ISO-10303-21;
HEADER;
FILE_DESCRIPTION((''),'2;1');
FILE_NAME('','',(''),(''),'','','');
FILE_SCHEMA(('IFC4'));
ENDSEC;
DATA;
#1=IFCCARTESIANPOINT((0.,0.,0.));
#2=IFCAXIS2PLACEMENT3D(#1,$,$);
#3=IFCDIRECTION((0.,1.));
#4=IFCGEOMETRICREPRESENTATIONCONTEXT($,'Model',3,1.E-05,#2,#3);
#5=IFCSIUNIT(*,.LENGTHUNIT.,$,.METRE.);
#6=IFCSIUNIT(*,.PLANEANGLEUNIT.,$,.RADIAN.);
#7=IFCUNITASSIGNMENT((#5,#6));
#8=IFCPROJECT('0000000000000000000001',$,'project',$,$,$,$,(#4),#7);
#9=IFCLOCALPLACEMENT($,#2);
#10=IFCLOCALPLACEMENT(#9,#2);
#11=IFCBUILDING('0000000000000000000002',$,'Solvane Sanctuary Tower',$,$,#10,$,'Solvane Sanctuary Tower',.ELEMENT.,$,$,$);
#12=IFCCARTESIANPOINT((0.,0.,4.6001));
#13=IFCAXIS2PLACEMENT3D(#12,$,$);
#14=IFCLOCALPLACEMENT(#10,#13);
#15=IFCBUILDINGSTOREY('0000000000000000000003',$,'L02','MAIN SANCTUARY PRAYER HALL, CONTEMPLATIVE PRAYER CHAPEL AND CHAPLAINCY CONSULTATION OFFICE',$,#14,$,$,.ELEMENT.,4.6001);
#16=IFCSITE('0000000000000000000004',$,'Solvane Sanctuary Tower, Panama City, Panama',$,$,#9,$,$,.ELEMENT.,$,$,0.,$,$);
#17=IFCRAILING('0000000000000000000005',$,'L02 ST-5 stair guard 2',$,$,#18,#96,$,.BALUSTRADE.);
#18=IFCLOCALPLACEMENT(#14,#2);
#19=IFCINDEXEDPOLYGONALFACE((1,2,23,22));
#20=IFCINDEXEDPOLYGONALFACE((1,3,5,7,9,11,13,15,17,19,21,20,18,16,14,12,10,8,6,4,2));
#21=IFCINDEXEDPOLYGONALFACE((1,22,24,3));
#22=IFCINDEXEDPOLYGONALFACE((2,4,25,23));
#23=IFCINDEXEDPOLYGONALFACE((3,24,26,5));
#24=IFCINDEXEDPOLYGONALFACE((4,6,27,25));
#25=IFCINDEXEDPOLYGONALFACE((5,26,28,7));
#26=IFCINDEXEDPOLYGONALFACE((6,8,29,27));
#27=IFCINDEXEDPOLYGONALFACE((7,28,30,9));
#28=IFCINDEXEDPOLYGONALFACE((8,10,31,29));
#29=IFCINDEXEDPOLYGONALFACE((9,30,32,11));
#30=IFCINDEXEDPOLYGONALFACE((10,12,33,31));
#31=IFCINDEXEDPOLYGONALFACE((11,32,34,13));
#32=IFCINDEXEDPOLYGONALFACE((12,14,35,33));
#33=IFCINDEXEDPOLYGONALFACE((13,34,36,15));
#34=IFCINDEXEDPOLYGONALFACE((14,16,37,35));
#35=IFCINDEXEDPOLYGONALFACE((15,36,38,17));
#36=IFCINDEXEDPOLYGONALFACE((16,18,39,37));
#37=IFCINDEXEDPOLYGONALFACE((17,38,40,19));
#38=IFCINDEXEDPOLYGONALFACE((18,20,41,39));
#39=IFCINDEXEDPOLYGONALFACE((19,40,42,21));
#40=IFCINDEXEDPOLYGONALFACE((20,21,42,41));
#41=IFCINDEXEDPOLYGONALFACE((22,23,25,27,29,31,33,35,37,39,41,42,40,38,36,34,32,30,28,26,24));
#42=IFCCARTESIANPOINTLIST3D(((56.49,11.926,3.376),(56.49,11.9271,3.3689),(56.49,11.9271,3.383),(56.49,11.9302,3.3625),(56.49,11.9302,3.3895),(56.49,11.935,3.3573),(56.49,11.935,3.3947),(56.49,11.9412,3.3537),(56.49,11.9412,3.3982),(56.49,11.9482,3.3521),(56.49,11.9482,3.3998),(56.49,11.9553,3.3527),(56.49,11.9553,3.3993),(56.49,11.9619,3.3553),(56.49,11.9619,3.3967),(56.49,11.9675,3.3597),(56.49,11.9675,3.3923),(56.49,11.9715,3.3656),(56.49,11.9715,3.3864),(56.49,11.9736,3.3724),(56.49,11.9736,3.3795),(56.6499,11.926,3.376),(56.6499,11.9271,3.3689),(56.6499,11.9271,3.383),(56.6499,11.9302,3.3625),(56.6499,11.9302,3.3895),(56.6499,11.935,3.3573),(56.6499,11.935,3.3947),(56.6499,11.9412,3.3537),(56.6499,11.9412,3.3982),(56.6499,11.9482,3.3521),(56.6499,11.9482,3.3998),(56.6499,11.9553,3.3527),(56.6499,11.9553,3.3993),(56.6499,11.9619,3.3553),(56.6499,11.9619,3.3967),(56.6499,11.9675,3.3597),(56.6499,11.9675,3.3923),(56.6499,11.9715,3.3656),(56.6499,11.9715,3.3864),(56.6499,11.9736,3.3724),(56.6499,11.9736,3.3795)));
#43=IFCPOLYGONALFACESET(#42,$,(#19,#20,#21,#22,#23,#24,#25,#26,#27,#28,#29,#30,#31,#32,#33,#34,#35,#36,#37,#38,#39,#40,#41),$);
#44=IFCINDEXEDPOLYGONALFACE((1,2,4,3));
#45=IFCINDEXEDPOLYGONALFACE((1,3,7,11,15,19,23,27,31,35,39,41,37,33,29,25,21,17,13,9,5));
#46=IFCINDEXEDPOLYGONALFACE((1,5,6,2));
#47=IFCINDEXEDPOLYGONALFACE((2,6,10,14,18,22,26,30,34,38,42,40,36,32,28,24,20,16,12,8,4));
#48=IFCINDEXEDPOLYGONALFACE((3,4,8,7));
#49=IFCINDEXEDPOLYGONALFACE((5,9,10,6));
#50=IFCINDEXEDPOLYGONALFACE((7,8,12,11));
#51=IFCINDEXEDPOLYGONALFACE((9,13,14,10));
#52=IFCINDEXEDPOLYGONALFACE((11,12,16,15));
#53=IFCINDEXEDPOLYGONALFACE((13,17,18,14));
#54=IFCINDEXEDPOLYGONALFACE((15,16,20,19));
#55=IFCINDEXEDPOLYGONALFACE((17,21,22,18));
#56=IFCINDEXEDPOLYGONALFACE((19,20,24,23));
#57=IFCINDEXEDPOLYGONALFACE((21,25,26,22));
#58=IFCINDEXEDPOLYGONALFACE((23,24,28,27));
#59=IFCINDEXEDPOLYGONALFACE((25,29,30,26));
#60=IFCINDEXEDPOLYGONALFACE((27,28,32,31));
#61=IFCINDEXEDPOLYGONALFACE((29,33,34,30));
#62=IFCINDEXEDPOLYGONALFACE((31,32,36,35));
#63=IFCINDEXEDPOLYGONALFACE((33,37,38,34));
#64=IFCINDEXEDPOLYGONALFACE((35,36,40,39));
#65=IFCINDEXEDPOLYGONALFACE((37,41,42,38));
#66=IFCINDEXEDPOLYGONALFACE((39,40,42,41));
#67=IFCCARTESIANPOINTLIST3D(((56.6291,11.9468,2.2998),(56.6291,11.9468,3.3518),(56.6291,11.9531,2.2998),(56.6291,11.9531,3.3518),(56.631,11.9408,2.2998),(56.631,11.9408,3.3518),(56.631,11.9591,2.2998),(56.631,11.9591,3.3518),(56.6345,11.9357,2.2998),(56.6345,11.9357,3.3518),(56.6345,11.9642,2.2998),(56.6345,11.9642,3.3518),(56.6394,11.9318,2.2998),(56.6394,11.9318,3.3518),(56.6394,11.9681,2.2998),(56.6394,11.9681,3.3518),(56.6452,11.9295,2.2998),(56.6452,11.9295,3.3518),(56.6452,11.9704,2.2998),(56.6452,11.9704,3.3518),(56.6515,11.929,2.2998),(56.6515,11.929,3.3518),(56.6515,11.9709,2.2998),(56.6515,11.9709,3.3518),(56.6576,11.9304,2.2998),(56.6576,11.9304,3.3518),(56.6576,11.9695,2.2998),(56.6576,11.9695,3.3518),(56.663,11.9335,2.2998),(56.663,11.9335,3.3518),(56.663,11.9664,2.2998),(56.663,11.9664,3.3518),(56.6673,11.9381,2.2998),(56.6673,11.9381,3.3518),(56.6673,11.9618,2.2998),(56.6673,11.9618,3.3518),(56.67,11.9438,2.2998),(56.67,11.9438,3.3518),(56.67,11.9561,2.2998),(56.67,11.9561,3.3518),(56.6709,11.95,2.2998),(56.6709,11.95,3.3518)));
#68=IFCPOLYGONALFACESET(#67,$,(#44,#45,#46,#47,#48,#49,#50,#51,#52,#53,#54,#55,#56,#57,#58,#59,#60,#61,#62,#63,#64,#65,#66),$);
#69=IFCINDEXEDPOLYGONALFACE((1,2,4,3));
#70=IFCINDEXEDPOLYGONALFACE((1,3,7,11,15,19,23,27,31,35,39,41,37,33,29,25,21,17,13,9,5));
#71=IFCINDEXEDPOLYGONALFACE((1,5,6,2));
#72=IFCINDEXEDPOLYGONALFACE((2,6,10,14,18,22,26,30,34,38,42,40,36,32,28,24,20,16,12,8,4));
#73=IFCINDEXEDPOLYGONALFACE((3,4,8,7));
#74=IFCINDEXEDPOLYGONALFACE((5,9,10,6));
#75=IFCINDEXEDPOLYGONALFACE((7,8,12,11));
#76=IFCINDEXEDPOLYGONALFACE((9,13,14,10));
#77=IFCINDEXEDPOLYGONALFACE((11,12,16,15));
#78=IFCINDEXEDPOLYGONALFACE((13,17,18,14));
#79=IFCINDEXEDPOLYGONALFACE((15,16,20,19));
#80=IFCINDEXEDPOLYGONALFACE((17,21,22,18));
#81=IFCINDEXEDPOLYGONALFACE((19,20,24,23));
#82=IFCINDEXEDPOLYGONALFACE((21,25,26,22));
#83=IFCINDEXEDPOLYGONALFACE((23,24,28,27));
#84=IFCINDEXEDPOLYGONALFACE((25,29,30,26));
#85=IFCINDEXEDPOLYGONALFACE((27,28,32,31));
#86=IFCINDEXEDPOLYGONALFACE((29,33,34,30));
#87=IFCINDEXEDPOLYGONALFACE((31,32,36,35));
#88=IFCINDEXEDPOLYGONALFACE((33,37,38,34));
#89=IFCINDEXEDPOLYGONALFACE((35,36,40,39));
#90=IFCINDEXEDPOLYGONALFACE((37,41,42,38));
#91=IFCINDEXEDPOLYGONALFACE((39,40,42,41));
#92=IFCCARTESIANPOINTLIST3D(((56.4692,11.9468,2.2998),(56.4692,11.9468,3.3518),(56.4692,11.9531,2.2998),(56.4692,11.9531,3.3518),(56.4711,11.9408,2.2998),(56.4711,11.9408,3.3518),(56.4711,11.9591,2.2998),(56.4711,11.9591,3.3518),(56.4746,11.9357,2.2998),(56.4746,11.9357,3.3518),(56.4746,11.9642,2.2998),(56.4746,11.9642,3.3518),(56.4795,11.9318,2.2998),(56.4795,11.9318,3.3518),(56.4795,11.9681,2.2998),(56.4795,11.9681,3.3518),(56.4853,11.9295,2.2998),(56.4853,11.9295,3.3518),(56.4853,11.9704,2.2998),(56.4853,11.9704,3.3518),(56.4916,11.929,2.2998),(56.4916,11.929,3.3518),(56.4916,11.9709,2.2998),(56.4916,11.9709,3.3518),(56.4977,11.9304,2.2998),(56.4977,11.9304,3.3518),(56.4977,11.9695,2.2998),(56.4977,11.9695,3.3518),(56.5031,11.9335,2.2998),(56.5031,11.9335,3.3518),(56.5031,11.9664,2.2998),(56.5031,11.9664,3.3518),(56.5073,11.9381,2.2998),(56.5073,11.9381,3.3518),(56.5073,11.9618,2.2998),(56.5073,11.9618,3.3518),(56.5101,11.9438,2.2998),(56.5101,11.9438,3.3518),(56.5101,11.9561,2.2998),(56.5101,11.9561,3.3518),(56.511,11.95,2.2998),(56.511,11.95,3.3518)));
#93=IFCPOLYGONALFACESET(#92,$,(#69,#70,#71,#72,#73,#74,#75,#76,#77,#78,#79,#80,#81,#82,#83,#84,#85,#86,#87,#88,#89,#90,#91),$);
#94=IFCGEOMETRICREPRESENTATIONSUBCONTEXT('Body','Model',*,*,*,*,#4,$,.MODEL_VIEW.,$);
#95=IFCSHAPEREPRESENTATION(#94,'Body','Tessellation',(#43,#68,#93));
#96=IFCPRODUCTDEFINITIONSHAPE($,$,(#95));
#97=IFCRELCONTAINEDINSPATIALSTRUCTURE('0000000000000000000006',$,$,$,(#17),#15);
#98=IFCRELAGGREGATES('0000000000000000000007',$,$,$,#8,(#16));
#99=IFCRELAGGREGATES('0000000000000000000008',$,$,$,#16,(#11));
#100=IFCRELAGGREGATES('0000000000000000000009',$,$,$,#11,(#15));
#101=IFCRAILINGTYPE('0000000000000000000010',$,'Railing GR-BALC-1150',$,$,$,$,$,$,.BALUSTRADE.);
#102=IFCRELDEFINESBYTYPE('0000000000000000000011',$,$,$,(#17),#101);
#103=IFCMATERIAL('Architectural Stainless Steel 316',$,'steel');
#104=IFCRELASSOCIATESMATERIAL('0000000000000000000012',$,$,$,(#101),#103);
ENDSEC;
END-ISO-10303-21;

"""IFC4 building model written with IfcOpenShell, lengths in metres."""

from ifc_helpers import new_model, si_unit, direction, frame, origin, origin_2d, place, context, subcontext, project, spatial, circle, extrude, material, type_object, element, save


model = new_model("IFC4")

# Units and contexts
model_context = context("Model", 3, precision=1e-05, world=origin(), true_north=direction((0.0, 1.0)))
body_context = subcontext(model_context, "Body", "Model", "MODEL_VIEW")
ifc_project = project(units=[si_unit("LENGTHUNIT", "METRE"), si_unit("PLANEANGLEUNIT", "RADIAN")], contexts=[model_context])

# Site, building, storey
site_placement = place(None, origin())
site = spatial("IfcSite", under=ifc_project, at=site_placement, Name="Solvane Sanctuary Tower, Panama City, Panama", CompositionType="ELEMENT", RefElevation=0.0)
building_placement = place(site_placement, origin())
building = spatial("IfcBuilding", under=site, at=building_placement, Name="Solvane Sanctuary Tower", LongName="Solvane Sanctuary Tower", CompositionType="ELEMENT")
storey_placement = place(building_placement, frame((0.0, 0.0, 4.6001)))
storey = spatial("IfcBuildingStorey", under=building, at=storey_placement, Name="L02", Description="MAIN SANCTUARY PRAYER HALL, CONTEMPLATIVE PRAYER CHAPEL AND CHAPLAINCY CONSULTATION OFFICE", CompositionType="ELEMENT", Elevation=4.6001)

# Shared definitions
ifc_material_1 = material(Name="Architectural Stainless Steel 316", Category="steel")

# Railing
railing_type_1 = type_object("IfcRailingType", Name="Railing GR-BALC-1150", PredefinedType="BALUSTRADE", material=ifc_material_1)
railing_1_placement = place(storey_placement, frame((56.6499, 11.95, 2.2998)))
element("IfcRailing", 1, at=railing_1_placement, inside=storey, type_object=railing_type_1, Name="L02 ST-5 stair guard 2", PredefinedType="BALUSTRADE", context=body_context, shape_type="SweptSolid", body=[
    extrude(circle(Radius=0.0239, at=origin_2d()), frame((0.0, 0.0, 1.0762), z_axis=(-1.0, 0.0, 0.0), x_axis=(0.0, -1.0, 0.0)), (0.0, 0.0, 1.0), 0.1599),
    extrude(circle(Radius=0.021, at=origin_2d()), origin(), (0.0, 0.0, 1.0), 1.052),
    extrude(circle(Radius=0.021, at=origin_2d()), frame((-0.1599, 0.0, 0.0)), (0.0, 0.0, 1.0), 1.052),
])

save(model, "model.ifc")
